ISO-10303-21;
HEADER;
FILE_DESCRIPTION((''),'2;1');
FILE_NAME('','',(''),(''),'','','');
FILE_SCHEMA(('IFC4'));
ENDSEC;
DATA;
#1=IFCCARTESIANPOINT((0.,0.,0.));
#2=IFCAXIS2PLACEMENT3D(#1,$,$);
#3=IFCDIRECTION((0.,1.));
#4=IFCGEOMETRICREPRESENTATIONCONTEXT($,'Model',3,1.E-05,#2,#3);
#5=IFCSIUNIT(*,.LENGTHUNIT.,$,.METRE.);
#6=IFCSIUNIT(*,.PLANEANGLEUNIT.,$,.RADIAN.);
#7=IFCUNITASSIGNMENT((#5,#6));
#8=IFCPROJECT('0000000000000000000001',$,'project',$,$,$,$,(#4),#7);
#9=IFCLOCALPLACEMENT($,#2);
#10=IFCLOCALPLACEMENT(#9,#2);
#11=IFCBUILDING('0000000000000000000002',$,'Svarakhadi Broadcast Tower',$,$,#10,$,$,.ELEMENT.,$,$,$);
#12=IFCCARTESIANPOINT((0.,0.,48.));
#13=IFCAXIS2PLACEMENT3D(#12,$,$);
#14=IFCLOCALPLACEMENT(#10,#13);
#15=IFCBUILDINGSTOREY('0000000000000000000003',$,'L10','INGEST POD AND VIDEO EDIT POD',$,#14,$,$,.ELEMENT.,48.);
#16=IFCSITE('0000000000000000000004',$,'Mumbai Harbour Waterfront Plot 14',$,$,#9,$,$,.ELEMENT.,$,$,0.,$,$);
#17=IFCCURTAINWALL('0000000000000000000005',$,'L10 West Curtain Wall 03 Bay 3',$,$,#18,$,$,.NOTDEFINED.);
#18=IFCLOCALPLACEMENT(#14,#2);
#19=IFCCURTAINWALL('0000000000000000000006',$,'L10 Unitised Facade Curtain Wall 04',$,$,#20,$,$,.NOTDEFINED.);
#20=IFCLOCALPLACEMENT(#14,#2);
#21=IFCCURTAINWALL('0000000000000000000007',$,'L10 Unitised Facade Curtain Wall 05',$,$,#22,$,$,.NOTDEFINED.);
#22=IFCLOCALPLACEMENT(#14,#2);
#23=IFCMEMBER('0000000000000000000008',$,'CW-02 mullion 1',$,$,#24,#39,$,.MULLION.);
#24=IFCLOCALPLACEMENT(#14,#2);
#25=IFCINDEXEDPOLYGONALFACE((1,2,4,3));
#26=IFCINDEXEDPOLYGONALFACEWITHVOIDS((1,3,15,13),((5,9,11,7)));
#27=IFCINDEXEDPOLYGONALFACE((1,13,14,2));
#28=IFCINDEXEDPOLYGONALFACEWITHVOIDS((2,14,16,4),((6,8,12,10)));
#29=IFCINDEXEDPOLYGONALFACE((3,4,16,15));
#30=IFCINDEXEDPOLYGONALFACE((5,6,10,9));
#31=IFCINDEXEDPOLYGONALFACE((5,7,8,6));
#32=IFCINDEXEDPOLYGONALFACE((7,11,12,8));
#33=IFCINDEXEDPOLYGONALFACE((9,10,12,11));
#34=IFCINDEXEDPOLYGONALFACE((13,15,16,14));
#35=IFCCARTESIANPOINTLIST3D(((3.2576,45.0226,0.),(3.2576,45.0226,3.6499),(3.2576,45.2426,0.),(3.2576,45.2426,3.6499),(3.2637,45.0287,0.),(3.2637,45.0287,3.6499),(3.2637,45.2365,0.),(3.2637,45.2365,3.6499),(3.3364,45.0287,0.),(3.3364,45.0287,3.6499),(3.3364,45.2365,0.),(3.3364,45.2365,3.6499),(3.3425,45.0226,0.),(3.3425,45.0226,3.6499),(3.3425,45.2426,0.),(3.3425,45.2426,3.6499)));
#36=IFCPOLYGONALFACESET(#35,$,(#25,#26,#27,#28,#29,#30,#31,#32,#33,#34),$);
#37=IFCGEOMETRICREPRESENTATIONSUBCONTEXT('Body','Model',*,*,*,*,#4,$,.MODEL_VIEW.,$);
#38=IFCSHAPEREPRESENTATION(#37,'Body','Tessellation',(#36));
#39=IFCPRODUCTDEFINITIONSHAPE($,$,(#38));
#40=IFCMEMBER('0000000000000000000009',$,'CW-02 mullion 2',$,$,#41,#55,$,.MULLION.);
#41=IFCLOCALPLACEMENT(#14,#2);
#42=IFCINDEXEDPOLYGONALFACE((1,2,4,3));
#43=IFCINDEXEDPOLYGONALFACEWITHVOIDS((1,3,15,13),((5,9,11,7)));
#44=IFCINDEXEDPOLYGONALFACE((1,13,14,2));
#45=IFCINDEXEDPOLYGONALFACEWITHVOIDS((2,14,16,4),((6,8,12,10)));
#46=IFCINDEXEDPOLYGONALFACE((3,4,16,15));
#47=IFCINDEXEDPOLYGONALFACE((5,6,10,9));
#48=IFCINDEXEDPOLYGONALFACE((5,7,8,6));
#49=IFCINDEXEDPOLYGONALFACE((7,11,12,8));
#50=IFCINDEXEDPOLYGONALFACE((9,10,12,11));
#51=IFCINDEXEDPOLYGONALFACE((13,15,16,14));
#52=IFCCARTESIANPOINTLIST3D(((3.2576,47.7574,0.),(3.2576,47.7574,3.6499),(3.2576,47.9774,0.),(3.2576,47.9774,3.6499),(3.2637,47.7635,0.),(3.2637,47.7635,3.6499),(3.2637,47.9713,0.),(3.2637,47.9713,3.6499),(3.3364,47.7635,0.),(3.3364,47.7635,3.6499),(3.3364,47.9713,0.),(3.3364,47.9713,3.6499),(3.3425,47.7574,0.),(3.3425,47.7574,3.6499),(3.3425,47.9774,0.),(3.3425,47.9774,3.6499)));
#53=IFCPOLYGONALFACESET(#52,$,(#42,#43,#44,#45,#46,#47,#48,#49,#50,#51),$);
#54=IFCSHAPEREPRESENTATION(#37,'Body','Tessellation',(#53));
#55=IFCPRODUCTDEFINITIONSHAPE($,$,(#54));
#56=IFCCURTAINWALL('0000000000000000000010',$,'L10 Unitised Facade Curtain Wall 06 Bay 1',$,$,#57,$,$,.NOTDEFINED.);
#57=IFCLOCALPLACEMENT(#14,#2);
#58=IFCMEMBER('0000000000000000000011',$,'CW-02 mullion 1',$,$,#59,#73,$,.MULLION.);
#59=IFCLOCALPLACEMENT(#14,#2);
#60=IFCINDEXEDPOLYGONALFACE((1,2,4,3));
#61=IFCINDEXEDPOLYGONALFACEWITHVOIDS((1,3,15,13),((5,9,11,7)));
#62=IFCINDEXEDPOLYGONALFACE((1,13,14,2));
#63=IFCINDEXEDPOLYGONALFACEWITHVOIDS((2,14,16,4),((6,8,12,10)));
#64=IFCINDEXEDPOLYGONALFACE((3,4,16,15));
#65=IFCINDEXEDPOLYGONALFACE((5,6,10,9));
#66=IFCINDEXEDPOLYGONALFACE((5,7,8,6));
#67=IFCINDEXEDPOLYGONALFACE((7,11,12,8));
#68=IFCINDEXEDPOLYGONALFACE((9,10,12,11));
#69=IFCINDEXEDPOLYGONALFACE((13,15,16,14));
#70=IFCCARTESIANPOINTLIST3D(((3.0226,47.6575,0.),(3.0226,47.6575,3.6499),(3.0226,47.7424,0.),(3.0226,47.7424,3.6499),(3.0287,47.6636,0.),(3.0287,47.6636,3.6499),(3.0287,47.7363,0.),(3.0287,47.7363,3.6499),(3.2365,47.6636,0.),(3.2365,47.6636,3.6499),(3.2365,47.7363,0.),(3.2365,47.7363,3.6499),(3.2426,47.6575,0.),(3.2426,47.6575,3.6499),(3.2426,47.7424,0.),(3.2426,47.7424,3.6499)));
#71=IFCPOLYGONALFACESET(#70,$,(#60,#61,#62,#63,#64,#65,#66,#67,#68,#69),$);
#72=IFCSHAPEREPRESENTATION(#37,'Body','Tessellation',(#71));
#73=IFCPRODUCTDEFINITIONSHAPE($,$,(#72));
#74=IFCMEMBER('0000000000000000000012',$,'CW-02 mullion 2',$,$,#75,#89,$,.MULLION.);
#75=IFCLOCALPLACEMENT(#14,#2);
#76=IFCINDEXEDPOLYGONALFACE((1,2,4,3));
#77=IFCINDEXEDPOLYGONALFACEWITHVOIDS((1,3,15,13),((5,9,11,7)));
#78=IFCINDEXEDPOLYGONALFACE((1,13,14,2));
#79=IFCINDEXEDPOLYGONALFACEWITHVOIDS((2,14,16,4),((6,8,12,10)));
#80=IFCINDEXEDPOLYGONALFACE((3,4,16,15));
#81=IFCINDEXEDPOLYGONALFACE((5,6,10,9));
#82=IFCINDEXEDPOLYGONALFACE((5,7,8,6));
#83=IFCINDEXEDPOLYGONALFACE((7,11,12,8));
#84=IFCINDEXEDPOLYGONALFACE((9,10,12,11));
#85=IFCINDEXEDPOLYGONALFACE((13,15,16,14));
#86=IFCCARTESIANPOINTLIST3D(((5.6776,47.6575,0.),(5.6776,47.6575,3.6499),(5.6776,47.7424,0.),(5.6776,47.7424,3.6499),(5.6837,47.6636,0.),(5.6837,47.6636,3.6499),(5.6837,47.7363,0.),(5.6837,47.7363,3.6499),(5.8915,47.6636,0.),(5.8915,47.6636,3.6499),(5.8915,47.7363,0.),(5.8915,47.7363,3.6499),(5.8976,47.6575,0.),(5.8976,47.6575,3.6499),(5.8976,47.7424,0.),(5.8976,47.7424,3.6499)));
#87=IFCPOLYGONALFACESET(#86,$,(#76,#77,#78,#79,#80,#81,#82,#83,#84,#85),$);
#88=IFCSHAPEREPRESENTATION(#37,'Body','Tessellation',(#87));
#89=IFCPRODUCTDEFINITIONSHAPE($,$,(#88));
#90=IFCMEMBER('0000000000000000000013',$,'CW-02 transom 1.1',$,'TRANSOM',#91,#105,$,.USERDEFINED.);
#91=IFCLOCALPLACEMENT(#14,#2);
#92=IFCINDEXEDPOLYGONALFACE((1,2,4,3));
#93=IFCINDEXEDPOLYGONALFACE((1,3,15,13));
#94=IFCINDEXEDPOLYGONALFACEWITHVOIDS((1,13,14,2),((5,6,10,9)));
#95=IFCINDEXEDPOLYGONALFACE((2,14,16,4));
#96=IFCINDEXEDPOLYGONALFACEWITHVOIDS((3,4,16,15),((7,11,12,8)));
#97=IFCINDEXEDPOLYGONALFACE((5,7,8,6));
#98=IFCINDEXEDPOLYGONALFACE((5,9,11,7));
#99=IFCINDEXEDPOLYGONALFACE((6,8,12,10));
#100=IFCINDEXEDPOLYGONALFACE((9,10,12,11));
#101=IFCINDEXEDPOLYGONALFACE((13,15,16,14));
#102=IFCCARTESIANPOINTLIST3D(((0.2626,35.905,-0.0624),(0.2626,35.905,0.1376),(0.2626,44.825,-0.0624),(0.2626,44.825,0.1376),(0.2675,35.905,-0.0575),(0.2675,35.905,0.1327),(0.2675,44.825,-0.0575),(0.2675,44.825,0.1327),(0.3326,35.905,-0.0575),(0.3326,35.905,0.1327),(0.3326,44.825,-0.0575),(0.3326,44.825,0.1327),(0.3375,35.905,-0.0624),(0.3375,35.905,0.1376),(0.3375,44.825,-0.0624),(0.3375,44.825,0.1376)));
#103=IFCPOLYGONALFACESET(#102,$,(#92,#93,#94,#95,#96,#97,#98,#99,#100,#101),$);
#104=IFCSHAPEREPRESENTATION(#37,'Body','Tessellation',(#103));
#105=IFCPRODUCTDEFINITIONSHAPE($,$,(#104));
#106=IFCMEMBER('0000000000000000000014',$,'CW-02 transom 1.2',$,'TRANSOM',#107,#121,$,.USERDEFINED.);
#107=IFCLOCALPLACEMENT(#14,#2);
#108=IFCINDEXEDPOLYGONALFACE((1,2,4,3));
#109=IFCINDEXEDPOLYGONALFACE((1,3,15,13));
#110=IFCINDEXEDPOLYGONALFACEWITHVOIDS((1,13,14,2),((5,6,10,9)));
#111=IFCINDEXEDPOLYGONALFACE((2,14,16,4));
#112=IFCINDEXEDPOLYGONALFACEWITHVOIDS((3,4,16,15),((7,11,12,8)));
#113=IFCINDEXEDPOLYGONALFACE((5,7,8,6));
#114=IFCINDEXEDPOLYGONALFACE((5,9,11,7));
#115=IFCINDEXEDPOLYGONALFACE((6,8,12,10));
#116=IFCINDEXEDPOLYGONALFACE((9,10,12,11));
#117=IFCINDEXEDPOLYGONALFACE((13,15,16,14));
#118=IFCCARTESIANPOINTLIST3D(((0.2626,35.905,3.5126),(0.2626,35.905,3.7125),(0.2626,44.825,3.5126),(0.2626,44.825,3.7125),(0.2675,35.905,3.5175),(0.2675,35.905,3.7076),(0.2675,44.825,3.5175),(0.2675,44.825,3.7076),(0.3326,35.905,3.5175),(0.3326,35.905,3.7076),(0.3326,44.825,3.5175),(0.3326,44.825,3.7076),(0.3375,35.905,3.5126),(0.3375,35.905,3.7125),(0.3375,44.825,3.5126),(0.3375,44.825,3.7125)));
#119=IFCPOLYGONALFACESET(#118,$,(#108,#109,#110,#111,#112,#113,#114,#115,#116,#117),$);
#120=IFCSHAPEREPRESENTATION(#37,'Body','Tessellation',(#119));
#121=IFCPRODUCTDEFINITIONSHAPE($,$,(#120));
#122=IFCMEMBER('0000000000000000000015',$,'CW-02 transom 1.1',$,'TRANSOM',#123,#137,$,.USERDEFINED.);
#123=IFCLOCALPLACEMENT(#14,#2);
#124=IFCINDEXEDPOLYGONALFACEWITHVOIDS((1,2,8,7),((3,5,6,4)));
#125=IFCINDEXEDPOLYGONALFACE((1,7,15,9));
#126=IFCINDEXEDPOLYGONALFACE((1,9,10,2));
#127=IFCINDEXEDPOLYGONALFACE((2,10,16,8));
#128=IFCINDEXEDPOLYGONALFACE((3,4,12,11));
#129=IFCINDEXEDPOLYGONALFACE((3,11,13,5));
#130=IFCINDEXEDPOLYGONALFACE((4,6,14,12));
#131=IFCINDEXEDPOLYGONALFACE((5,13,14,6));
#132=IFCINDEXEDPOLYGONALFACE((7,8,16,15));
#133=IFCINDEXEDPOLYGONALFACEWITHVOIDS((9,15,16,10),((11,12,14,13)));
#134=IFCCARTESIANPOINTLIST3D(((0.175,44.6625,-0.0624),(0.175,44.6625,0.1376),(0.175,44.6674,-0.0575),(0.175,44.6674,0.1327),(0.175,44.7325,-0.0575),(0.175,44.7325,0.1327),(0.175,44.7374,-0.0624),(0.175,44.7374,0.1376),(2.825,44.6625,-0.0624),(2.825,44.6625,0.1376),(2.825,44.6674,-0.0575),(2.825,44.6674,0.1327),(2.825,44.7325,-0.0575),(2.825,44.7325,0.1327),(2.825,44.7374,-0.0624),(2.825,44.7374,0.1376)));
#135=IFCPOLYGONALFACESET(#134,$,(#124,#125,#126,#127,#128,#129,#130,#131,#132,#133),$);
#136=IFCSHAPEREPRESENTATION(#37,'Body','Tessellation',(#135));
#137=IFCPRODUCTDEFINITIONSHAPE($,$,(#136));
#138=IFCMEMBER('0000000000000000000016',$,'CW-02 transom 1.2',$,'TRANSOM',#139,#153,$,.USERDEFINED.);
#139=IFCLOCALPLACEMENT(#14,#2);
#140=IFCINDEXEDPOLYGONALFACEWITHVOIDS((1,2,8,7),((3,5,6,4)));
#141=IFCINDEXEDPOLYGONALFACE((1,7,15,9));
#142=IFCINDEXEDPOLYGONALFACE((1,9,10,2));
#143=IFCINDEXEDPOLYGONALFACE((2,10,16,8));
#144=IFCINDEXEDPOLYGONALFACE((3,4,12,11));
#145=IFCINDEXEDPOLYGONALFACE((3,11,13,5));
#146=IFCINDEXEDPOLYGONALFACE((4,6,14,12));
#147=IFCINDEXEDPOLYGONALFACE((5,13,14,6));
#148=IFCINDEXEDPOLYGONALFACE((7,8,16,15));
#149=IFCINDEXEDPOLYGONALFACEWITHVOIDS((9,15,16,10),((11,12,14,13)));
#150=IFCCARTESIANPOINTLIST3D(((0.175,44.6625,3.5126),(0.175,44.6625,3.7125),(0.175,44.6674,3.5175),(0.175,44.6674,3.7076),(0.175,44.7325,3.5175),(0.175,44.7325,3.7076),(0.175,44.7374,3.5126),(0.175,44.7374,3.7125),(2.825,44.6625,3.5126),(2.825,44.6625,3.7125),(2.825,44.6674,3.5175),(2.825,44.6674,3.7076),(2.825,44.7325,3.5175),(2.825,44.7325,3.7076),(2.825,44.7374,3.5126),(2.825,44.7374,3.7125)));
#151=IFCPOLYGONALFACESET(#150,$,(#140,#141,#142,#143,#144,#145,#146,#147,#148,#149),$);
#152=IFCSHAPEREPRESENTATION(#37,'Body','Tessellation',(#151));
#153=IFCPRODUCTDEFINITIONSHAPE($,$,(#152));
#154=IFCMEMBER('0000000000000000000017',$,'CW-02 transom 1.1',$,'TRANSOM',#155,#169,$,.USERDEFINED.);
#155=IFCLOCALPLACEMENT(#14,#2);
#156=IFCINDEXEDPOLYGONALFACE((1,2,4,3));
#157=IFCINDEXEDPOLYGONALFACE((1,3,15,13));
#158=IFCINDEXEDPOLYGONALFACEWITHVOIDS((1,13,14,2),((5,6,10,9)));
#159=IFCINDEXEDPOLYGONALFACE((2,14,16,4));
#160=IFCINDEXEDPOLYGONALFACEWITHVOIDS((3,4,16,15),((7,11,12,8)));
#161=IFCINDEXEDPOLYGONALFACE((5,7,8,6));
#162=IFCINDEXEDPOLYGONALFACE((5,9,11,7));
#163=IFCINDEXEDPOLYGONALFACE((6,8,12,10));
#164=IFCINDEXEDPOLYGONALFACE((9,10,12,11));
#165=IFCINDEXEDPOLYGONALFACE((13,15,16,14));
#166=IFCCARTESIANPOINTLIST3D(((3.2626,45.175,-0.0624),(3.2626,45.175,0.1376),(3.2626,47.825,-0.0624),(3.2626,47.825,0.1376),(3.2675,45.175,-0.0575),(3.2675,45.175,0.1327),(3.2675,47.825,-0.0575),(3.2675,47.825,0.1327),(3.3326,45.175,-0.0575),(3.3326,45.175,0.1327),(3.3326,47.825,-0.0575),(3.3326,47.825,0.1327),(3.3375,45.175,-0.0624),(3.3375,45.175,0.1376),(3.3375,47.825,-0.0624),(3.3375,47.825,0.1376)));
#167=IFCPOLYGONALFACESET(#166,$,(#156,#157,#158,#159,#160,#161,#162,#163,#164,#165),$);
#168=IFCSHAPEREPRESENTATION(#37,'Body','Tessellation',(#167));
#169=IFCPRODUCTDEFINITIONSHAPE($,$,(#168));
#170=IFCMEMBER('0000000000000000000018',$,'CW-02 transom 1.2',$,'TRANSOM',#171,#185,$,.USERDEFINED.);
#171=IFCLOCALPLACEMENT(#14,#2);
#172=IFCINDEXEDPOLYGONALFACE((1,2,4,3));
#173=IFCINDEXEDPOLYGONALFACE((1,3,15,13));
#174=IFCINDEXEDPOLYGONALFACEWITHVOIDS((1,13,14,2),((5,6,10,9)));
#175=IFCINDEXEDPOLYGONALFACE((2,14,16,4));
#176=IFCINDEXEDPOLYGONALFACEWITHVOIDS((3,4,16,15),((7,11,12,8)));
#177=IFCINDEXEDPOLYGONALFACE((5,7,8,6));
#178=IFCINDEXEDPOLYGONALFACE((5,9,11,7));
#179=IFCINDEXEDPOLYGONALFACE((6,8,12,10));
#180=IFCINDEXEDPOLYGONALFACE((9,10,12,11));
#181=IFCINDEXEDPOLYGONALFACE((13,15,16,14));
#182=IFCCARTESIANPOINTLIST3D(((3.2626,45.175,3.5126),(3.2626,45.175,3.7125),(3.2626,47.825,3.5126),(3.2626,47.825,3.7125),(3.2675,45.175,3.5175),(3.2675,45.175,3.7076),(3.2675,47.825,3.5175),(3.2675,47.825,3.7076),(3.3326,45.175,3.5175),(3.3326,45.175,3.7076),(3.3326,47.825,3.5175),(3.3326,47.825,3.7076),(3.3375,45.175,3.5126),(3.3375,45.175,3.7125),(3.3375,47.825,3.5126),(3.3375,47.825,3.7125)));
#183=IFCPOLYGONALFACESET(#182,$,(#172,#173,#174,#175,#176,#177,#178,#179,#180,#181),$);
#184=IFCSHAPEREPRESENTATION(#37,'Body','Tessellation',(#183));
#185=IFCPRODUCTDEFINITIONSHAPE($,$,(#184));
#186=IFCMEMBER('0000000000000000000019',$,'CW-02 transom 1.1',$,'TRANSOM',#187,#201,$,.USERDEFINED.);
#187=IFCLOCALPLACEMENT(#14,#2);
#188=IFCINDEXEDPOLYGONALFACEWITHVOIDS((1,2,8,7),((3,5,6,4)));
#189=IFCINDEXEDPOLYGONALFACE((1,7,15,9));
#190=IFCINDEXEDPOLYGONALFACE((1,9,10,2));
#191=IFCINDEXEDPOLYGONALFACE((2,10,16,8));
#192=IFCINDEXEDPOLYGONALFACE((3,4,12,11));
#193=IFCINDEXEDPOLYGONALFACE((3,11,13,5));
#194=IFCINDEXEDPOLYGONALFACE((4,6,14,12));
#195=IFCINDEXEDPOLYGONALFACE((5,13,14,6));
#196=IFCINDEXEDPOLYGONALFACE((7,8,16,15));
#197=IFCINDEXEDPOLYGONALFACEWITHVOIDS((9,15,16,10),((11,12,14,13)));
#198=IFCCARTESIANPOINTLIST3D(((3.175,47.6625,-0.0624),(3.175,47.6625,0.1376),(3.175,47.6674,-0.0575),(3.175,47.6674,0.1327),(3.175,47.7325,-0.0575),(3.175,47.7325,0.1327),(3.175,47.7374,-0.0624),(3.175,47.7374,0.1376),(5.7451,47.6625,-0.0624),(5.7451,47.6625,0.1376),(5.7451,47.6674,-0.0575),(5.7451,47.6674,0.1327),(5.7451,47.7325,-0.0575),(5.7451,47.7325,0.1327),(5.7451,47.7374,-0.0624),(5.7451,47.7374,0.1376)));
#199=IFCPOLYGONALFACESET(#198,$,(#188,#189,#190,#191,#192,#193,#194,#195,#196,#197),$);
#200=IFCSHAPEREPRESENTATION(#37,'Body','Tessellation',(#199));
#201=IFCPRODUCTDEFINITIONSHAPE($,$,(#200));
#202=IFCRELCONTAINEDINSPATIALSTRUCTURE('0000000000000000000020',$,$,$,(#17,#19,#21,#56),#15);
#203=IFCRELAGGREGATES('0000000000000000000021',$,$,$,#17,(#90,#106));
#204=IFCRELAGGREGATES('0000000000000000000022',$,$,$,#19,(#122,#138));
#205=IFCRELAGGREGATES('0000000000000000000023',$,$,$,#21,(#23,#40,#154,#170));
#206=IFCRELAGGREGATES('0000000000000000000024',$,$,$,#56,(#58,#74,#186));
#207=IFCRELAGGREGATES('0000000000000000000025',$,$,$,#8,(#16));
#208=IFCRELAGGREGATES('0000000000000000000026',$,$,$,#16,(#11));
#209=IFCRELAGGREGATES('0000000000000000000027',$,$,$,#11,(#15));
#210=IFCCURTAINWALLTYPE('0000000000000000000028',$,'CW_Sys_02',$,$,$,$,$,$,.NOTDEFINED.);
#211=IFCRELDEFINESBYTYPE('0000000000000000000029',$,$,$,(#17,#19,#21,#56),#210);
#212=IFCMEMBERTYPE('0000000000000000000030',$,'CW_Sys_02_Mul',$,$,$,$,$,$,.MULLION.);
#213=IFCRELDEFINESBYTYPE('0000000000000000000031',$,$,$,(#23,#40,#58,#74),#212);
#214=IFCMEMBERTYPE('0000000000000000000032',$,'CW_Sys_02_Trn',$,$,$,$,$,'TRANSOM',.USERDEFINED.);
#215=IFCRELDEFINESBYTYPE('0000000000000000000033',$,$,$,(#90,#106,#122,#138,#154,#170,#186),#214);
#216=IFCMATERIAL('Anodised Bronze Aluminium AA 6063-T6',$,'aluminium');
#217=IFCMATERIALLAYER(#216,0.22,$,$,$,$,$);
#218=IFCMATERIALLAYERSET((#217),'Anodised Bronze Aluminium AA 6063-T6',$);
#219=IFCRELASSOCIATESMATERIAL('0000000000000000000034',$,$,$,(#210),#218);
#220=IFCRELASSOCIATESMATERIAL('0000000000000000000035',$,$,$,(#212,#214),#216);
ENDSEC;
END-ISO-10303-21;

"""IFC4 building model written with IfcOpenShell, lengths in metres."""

from ifc_helpers import new_model, si_unit, direction, frame, origin, origin_2d, place, context, subcontext, project, spatial, hollow_rectangle, extrude, material, layer, layer_set, material_profile, profile_set, type_object, element, aggregate, save


model = new_model("IFC4")

# Units and contexts
model_context = context("Model", 3, precision=1e-05, world=origin(), true_north=direction((0.0, 1.0)))
body_context = subcontext(model_context, "Body", "Model", "MODEL_VIEW")
ifc_project = project(units=[si_unit("LENGTHUNIT", "METRE"), si_unit("PLANEANGLEUNIT", "RADIAN")], contexts=[model_context])

# Site, building, storey
site_placement = place(None, origin())
site = spatial("IfcSite", under=ifc_project, at=site_placement, Name="Mumbai Harbour Waterfront Plot 14", CompositionType="ELEMENT", RefElevation=0.0)
building_placement = place(site_placement, origin())
building = spatial("IfcBuilding", under=site, at=building_placement, Name="Svarakhadi Broadcast Tower", CompositionType="ELEMENT")
storey_placement = place(building_placement, frame((0.0, 0.0, 48.0)))
storey = spatial("IfcBuildingStorey", under=building, at=storey_placement, Name="L10", Description="INGEST POD AND VIDEO EDIT POD", CompositionType="ELEMENT", Elevation=48.0)

# Curtain walls, members
ifc_material_1 = material(Name="Anodised Bronze Aluminium AA 6063-T6", Category="aluminium")
ifc_layer_1 = layer(ifc_material_1, 0.22)
ifc_layer_set_1 = layer_set([ifc_layer_1], Name="Anodised Bronze Aluminium AA 6063-T6")
curtain_wall_type = type_object("IfcCurtainWallType", Name="CW_Sys_02", PredefinedType="NOTDEFINED", material=ifc_layer_set_1)
curtain_wall_1_placement = place(storey_placement, origin())
curtain_wall_1 = element("IfcCurtainWall", 1, at=curtain_wall_1_placement, inside=storey, type_object=curtain_wall_type, Name="L10 West Curtain Wall 03 Bay 3", PredefinedType="NOTDEFINED")
ifc_material_profile_1 = material_profile(ifc_material_1, hollow_rectangle(XDim=0.085, YDim=0.22, WallThickness=0.0061, at=origin_2d()), Name="ALU MULLION 220x85x6")
ifc_profile_set_1 = profile_set([ifc_material_profile_1], Name="Anodised Bronze Aluminium AA 6063-T6")
member_type_1 = type_object("IfcMemberType", Name="CW_Sys_02_Mul", PredefinedType="MULLION", material=ifc_profile_set_1)
curtain_wall_2_placement = place(storey_placement, origin())
curtain_wall_2 = element("IfcCurtainWall", 2, at=curtain_wall_2_placement, inside=storey, type_object=curtain_wall_type, Name="L10 Unitised Facade Curtain Wall 04", PredefinedType="NOTDEFINED")
curtain_wall_3_placement = place(storey_placement, origin())
curtain_wall_3 = element("IfcCurtainWall", 3, at=curtain_wall_3_placement, inside=storey, type_object=curtain_wall_type, Name="L10 Unitised Facade Curtain Wall 05", PredefinedType="NOTDEFINED")
member_1_placement = place(storey_placement, frame((3.3, 45.1326, 0.0), z_axis=(0.0, 0.0, 1.0), x_axis=(-1.0, 0.0, 0.0)))
member_1 = element("IfcMember", 4, at=member_1_placement, type_object=member_type_1, Name="CW-02 mullion 1", PredefinedType="MULLION", context=body_context, shape_type="SweptSolid", body=[
    extrude(hollow_rectangle(XDim=0.085, YDim=0.22, WallThickness=0.0061, at=origin_2d()), origin(), (0.0, 0.0, 1.0), 3.6499),
])
member_2_placement = place(storey_placement, frame((3.3, 47.8674, 0.0), z_axis=(0.0, 0.0, 1.0), x_axis=(-1.0, 0.0, 0.0)))
member_2 = element("IfcMember", 5, at=member_2_placement, type_object=member_type_1, Name="CW-02 mullion 2", PredefinedType="MULLION", context=body_context, shape_type="SweptSolid", body=[
    extrude(hollow_rectangle(XDim=0.085, YDim=0.22, WallThickness=0.0061, at=origin_2d()), origin(), (0.0, 0.0, 1.0), 3.6499),
])
curtain_wall_4_placement = place(storey_placement, origin())
curtain_wall_4 = element("IfcCurtainWall", 6, at=curtain_wall_4_placement, inside=storey, type_object=curtain_wall_type, Name="L10 Unitised Facade Curtain Wall 06 Bay 1", PredefinedType="NOTDEFINED")
member_3_placement = place(storey_placement, frame((3.1326, 47.7, 0.0), z_axis=(0.0, 0.0, 1.0), x_axis=(0.0, 1.0, 0.0)))
member_3 = element("IfcMember", 7, at=member_3_placement, type_object=member_type_1, Name="CW-02 mullion 1", PredefinedType="MULLION", context=body_context, shape_type="SweptSolid", body=[
    extrude(hollow_rectangle(XDim=0.085, YDim=0.22, WallThickness=0.0061, at=origin_2d()), origin(), (0.0, 0.0, 1.0), 3.6499),
])
member_4_placement = place(storey_placement, frame((5.7876, 47.7, 0.0), z_axis=(0.0, 0.0, 1.0), x_axis=(0.0, 1.0, 0.0)))
member_4 = element("IfcMember", 8, at=member_4_placement, type_object=member_type_1, Name="CW-02 mullion 2", PredefinedType="MULLION", context=body_context, shape_type="SweptSolid", body=[
    extrude(hollow_rectangle(XDim=0.085, YDim=0.22, WallThickness=0.0061, at=origin_2d()), origin(), (0.0, 0.0, 1.0), 3.6499),
])

# Members
ifc_material_profile_2 = material_profile(ifc_material_1, hollow_rectangle(XDim=0.075, YDim=0.2, WallThickness=0.0049, at=origin_2d()), Name="ALU TRANSOM 200x75x5")
ifc_profile_set_2 = profile_set([ifc_material_profile_2], Name="Anodised Bronze Aluminium AA 6063-T6")
member_type_2 = type_object("IfcMemberType", Name="CW_Sys_02_Trn", ElementType="TRANSOM", PredefinedType="USERDEFINED", material=ifc_profile_set_2)
member_5_placement = place(storey_placement, frame((0.3, 35.905, 0.0376), z_axis=(0.0, 1.0, 0.0), x_axis=(-1.0, 0.0, 0.0)))
member_5 = element("IfcMember", 9, at=member_5_placement, type_object=member_type_2, Name="CW-02 transom 1.1", ObjectType="TRANSOM", PredefinedType="USERDEFINED", context=body_context, shape_type="SweptSolid", body=[
    extrude(hollow_rectangle(XDim=0.075, YDim=0.2, WallThickness=0.0049, at=origin_2d()), origin(), (0.0, 0.0, 1.0), 8.9199),
])
member_6_placement = place(storey_placement, frame((0.3, 35.905, 3.6125), z_axis=(0.0, 1.0, 0.0), x_axis=(-1.0, 0.0, 0.0)))
member_6 = element("IfcMember", 10, at=member_6_placement, type_object=member_type_2, Name="CW-02 transom 1.2", ObjectType="TRANSOM", PredefinedType="USERDEFINED", context=body_context, shape_type="SweptSolid", body=[
    extrude(hollow_rectangle(XDim=0.075, YDim=0.2, WallThickness=0.0049, at=origin_2d()), origin(), (0.0, 0.0, 1.0), 8.9199),
])
member_7_placement = place(storey_placement, frame((0.175, 44.7, 0.0376), z_axis=(1.0, 0.0, 0.0), x_axis=(0.0, 1.0, 0.0)))
member_7 = element("IfcMember", 11, at=member_7_placement, type_object=member_type_2, Name="CW-02 transom 1.1", ObjectType="TRANSOM", PredefinedType="USERDEFINED", context=body_context, shape_type="SweptSolid", body=[
    extrude(hollow_rectangle(XDim=0.075, YDim=0.2, WallThickness=0.0049, at=origin_2d()), origin(), (0.0, 0.0, 1.0), 2.6499),
])
member_8_placement = place(storey_placement, frame((0.175, 44.7, 3.6125), z_axis=(1.0, 0.0, 0.0), x_axis=(0.0, 1.0, 0.0)))
member_8 = element("IfcMember", 12, at=member_8_placement, type_object=member_type_2, Name="CW-02 transom 1.2", ObjectType="TRANSOM", PredefinedType="USERDEFINED", context=body_context, shape_type="SweptSolid", body=[
    extrude(hollow_rectangle(XDim=0.075, YDim=0.2, WallThickness=0.0049, at=origin_2d()), origin(), (0.0, 0.0, 1.0), 2.6499),
])
member_9_placement = place(storey_placement, frame((3.3, 45.175, 0.0376), z_axis=(0.0, 1.0, 0.0), x_axis=(-1.0, 0.0, 0.0)))
member_9 = element("IfcMember", 13, at=member_9_placement, type_object=member_type_2, Name="CW-02 transom 1.1", ObjectType="TRANSOM", PredefinedType="USERDEFINED", context=body_context, shape_type="SweptSolid", body=[
    extrude(hollow_rectangle(XDim=0.075, YDim=0.2, WallThickness=0.0049, at=origin_2d()), origin(), (0.0, 0.0, 1.0), 2.6499),
])
member_10_placement = place(storey_placement, frame((3.3, 45.175, 3.6125), z_axis=(0.0, 1.0, 0.0), x_axis=(-1.0, 0.0, 0.0)))
member_10 = element("IfcMember", 14, at=member_10_placement, type_object=member_type_2, Name="CW-02 transom 1.2", ObjectType="TRANSOM", PredefinedType="USERDEFINED", context=body_context, shape_type="SweptSolid", body=[
    extrude(hollow_rectangle(XDim=0.075, YDim=0.2, WallThickness=0.0049, at=origin_2d()), origin(), (0.0, 0.0, 1.0), 2.6499),
])
member_11_placement = place(storey_placement, frame((3.175, 47.7, 0.0376), z_axis=(1.0, 0.0, 0.0), x_axis=(0.0, 1.0, 0.0)))
member_11 = element("IfcMember", 15, at=member_11_placement, type_object=member_type_2, Name="CW-02 transom 1.1", ObjectType="TRANSOM", PredefinedType="USERDEFINED", context=body_context, shape_type="SweptSolid", body=[
    extrude(hollow_rectangle(XDim=0.075, YDim=0.2, WallThickness=0.0049, at=origin_2d()), origin(), (0.0, 0.0, 1.0), 2.5701),
])

aggregate(curtain_wall_1, [member_5, member_6])
aggregate(curtain_wall_2, [member_7, member_8])
aggregate(curtain_wall_3, [member_1, member_2, member_9, member_10])
aggregate(curtain_wall_4, [member_3, member_4, member_11])

save(model, "model.ifc")
